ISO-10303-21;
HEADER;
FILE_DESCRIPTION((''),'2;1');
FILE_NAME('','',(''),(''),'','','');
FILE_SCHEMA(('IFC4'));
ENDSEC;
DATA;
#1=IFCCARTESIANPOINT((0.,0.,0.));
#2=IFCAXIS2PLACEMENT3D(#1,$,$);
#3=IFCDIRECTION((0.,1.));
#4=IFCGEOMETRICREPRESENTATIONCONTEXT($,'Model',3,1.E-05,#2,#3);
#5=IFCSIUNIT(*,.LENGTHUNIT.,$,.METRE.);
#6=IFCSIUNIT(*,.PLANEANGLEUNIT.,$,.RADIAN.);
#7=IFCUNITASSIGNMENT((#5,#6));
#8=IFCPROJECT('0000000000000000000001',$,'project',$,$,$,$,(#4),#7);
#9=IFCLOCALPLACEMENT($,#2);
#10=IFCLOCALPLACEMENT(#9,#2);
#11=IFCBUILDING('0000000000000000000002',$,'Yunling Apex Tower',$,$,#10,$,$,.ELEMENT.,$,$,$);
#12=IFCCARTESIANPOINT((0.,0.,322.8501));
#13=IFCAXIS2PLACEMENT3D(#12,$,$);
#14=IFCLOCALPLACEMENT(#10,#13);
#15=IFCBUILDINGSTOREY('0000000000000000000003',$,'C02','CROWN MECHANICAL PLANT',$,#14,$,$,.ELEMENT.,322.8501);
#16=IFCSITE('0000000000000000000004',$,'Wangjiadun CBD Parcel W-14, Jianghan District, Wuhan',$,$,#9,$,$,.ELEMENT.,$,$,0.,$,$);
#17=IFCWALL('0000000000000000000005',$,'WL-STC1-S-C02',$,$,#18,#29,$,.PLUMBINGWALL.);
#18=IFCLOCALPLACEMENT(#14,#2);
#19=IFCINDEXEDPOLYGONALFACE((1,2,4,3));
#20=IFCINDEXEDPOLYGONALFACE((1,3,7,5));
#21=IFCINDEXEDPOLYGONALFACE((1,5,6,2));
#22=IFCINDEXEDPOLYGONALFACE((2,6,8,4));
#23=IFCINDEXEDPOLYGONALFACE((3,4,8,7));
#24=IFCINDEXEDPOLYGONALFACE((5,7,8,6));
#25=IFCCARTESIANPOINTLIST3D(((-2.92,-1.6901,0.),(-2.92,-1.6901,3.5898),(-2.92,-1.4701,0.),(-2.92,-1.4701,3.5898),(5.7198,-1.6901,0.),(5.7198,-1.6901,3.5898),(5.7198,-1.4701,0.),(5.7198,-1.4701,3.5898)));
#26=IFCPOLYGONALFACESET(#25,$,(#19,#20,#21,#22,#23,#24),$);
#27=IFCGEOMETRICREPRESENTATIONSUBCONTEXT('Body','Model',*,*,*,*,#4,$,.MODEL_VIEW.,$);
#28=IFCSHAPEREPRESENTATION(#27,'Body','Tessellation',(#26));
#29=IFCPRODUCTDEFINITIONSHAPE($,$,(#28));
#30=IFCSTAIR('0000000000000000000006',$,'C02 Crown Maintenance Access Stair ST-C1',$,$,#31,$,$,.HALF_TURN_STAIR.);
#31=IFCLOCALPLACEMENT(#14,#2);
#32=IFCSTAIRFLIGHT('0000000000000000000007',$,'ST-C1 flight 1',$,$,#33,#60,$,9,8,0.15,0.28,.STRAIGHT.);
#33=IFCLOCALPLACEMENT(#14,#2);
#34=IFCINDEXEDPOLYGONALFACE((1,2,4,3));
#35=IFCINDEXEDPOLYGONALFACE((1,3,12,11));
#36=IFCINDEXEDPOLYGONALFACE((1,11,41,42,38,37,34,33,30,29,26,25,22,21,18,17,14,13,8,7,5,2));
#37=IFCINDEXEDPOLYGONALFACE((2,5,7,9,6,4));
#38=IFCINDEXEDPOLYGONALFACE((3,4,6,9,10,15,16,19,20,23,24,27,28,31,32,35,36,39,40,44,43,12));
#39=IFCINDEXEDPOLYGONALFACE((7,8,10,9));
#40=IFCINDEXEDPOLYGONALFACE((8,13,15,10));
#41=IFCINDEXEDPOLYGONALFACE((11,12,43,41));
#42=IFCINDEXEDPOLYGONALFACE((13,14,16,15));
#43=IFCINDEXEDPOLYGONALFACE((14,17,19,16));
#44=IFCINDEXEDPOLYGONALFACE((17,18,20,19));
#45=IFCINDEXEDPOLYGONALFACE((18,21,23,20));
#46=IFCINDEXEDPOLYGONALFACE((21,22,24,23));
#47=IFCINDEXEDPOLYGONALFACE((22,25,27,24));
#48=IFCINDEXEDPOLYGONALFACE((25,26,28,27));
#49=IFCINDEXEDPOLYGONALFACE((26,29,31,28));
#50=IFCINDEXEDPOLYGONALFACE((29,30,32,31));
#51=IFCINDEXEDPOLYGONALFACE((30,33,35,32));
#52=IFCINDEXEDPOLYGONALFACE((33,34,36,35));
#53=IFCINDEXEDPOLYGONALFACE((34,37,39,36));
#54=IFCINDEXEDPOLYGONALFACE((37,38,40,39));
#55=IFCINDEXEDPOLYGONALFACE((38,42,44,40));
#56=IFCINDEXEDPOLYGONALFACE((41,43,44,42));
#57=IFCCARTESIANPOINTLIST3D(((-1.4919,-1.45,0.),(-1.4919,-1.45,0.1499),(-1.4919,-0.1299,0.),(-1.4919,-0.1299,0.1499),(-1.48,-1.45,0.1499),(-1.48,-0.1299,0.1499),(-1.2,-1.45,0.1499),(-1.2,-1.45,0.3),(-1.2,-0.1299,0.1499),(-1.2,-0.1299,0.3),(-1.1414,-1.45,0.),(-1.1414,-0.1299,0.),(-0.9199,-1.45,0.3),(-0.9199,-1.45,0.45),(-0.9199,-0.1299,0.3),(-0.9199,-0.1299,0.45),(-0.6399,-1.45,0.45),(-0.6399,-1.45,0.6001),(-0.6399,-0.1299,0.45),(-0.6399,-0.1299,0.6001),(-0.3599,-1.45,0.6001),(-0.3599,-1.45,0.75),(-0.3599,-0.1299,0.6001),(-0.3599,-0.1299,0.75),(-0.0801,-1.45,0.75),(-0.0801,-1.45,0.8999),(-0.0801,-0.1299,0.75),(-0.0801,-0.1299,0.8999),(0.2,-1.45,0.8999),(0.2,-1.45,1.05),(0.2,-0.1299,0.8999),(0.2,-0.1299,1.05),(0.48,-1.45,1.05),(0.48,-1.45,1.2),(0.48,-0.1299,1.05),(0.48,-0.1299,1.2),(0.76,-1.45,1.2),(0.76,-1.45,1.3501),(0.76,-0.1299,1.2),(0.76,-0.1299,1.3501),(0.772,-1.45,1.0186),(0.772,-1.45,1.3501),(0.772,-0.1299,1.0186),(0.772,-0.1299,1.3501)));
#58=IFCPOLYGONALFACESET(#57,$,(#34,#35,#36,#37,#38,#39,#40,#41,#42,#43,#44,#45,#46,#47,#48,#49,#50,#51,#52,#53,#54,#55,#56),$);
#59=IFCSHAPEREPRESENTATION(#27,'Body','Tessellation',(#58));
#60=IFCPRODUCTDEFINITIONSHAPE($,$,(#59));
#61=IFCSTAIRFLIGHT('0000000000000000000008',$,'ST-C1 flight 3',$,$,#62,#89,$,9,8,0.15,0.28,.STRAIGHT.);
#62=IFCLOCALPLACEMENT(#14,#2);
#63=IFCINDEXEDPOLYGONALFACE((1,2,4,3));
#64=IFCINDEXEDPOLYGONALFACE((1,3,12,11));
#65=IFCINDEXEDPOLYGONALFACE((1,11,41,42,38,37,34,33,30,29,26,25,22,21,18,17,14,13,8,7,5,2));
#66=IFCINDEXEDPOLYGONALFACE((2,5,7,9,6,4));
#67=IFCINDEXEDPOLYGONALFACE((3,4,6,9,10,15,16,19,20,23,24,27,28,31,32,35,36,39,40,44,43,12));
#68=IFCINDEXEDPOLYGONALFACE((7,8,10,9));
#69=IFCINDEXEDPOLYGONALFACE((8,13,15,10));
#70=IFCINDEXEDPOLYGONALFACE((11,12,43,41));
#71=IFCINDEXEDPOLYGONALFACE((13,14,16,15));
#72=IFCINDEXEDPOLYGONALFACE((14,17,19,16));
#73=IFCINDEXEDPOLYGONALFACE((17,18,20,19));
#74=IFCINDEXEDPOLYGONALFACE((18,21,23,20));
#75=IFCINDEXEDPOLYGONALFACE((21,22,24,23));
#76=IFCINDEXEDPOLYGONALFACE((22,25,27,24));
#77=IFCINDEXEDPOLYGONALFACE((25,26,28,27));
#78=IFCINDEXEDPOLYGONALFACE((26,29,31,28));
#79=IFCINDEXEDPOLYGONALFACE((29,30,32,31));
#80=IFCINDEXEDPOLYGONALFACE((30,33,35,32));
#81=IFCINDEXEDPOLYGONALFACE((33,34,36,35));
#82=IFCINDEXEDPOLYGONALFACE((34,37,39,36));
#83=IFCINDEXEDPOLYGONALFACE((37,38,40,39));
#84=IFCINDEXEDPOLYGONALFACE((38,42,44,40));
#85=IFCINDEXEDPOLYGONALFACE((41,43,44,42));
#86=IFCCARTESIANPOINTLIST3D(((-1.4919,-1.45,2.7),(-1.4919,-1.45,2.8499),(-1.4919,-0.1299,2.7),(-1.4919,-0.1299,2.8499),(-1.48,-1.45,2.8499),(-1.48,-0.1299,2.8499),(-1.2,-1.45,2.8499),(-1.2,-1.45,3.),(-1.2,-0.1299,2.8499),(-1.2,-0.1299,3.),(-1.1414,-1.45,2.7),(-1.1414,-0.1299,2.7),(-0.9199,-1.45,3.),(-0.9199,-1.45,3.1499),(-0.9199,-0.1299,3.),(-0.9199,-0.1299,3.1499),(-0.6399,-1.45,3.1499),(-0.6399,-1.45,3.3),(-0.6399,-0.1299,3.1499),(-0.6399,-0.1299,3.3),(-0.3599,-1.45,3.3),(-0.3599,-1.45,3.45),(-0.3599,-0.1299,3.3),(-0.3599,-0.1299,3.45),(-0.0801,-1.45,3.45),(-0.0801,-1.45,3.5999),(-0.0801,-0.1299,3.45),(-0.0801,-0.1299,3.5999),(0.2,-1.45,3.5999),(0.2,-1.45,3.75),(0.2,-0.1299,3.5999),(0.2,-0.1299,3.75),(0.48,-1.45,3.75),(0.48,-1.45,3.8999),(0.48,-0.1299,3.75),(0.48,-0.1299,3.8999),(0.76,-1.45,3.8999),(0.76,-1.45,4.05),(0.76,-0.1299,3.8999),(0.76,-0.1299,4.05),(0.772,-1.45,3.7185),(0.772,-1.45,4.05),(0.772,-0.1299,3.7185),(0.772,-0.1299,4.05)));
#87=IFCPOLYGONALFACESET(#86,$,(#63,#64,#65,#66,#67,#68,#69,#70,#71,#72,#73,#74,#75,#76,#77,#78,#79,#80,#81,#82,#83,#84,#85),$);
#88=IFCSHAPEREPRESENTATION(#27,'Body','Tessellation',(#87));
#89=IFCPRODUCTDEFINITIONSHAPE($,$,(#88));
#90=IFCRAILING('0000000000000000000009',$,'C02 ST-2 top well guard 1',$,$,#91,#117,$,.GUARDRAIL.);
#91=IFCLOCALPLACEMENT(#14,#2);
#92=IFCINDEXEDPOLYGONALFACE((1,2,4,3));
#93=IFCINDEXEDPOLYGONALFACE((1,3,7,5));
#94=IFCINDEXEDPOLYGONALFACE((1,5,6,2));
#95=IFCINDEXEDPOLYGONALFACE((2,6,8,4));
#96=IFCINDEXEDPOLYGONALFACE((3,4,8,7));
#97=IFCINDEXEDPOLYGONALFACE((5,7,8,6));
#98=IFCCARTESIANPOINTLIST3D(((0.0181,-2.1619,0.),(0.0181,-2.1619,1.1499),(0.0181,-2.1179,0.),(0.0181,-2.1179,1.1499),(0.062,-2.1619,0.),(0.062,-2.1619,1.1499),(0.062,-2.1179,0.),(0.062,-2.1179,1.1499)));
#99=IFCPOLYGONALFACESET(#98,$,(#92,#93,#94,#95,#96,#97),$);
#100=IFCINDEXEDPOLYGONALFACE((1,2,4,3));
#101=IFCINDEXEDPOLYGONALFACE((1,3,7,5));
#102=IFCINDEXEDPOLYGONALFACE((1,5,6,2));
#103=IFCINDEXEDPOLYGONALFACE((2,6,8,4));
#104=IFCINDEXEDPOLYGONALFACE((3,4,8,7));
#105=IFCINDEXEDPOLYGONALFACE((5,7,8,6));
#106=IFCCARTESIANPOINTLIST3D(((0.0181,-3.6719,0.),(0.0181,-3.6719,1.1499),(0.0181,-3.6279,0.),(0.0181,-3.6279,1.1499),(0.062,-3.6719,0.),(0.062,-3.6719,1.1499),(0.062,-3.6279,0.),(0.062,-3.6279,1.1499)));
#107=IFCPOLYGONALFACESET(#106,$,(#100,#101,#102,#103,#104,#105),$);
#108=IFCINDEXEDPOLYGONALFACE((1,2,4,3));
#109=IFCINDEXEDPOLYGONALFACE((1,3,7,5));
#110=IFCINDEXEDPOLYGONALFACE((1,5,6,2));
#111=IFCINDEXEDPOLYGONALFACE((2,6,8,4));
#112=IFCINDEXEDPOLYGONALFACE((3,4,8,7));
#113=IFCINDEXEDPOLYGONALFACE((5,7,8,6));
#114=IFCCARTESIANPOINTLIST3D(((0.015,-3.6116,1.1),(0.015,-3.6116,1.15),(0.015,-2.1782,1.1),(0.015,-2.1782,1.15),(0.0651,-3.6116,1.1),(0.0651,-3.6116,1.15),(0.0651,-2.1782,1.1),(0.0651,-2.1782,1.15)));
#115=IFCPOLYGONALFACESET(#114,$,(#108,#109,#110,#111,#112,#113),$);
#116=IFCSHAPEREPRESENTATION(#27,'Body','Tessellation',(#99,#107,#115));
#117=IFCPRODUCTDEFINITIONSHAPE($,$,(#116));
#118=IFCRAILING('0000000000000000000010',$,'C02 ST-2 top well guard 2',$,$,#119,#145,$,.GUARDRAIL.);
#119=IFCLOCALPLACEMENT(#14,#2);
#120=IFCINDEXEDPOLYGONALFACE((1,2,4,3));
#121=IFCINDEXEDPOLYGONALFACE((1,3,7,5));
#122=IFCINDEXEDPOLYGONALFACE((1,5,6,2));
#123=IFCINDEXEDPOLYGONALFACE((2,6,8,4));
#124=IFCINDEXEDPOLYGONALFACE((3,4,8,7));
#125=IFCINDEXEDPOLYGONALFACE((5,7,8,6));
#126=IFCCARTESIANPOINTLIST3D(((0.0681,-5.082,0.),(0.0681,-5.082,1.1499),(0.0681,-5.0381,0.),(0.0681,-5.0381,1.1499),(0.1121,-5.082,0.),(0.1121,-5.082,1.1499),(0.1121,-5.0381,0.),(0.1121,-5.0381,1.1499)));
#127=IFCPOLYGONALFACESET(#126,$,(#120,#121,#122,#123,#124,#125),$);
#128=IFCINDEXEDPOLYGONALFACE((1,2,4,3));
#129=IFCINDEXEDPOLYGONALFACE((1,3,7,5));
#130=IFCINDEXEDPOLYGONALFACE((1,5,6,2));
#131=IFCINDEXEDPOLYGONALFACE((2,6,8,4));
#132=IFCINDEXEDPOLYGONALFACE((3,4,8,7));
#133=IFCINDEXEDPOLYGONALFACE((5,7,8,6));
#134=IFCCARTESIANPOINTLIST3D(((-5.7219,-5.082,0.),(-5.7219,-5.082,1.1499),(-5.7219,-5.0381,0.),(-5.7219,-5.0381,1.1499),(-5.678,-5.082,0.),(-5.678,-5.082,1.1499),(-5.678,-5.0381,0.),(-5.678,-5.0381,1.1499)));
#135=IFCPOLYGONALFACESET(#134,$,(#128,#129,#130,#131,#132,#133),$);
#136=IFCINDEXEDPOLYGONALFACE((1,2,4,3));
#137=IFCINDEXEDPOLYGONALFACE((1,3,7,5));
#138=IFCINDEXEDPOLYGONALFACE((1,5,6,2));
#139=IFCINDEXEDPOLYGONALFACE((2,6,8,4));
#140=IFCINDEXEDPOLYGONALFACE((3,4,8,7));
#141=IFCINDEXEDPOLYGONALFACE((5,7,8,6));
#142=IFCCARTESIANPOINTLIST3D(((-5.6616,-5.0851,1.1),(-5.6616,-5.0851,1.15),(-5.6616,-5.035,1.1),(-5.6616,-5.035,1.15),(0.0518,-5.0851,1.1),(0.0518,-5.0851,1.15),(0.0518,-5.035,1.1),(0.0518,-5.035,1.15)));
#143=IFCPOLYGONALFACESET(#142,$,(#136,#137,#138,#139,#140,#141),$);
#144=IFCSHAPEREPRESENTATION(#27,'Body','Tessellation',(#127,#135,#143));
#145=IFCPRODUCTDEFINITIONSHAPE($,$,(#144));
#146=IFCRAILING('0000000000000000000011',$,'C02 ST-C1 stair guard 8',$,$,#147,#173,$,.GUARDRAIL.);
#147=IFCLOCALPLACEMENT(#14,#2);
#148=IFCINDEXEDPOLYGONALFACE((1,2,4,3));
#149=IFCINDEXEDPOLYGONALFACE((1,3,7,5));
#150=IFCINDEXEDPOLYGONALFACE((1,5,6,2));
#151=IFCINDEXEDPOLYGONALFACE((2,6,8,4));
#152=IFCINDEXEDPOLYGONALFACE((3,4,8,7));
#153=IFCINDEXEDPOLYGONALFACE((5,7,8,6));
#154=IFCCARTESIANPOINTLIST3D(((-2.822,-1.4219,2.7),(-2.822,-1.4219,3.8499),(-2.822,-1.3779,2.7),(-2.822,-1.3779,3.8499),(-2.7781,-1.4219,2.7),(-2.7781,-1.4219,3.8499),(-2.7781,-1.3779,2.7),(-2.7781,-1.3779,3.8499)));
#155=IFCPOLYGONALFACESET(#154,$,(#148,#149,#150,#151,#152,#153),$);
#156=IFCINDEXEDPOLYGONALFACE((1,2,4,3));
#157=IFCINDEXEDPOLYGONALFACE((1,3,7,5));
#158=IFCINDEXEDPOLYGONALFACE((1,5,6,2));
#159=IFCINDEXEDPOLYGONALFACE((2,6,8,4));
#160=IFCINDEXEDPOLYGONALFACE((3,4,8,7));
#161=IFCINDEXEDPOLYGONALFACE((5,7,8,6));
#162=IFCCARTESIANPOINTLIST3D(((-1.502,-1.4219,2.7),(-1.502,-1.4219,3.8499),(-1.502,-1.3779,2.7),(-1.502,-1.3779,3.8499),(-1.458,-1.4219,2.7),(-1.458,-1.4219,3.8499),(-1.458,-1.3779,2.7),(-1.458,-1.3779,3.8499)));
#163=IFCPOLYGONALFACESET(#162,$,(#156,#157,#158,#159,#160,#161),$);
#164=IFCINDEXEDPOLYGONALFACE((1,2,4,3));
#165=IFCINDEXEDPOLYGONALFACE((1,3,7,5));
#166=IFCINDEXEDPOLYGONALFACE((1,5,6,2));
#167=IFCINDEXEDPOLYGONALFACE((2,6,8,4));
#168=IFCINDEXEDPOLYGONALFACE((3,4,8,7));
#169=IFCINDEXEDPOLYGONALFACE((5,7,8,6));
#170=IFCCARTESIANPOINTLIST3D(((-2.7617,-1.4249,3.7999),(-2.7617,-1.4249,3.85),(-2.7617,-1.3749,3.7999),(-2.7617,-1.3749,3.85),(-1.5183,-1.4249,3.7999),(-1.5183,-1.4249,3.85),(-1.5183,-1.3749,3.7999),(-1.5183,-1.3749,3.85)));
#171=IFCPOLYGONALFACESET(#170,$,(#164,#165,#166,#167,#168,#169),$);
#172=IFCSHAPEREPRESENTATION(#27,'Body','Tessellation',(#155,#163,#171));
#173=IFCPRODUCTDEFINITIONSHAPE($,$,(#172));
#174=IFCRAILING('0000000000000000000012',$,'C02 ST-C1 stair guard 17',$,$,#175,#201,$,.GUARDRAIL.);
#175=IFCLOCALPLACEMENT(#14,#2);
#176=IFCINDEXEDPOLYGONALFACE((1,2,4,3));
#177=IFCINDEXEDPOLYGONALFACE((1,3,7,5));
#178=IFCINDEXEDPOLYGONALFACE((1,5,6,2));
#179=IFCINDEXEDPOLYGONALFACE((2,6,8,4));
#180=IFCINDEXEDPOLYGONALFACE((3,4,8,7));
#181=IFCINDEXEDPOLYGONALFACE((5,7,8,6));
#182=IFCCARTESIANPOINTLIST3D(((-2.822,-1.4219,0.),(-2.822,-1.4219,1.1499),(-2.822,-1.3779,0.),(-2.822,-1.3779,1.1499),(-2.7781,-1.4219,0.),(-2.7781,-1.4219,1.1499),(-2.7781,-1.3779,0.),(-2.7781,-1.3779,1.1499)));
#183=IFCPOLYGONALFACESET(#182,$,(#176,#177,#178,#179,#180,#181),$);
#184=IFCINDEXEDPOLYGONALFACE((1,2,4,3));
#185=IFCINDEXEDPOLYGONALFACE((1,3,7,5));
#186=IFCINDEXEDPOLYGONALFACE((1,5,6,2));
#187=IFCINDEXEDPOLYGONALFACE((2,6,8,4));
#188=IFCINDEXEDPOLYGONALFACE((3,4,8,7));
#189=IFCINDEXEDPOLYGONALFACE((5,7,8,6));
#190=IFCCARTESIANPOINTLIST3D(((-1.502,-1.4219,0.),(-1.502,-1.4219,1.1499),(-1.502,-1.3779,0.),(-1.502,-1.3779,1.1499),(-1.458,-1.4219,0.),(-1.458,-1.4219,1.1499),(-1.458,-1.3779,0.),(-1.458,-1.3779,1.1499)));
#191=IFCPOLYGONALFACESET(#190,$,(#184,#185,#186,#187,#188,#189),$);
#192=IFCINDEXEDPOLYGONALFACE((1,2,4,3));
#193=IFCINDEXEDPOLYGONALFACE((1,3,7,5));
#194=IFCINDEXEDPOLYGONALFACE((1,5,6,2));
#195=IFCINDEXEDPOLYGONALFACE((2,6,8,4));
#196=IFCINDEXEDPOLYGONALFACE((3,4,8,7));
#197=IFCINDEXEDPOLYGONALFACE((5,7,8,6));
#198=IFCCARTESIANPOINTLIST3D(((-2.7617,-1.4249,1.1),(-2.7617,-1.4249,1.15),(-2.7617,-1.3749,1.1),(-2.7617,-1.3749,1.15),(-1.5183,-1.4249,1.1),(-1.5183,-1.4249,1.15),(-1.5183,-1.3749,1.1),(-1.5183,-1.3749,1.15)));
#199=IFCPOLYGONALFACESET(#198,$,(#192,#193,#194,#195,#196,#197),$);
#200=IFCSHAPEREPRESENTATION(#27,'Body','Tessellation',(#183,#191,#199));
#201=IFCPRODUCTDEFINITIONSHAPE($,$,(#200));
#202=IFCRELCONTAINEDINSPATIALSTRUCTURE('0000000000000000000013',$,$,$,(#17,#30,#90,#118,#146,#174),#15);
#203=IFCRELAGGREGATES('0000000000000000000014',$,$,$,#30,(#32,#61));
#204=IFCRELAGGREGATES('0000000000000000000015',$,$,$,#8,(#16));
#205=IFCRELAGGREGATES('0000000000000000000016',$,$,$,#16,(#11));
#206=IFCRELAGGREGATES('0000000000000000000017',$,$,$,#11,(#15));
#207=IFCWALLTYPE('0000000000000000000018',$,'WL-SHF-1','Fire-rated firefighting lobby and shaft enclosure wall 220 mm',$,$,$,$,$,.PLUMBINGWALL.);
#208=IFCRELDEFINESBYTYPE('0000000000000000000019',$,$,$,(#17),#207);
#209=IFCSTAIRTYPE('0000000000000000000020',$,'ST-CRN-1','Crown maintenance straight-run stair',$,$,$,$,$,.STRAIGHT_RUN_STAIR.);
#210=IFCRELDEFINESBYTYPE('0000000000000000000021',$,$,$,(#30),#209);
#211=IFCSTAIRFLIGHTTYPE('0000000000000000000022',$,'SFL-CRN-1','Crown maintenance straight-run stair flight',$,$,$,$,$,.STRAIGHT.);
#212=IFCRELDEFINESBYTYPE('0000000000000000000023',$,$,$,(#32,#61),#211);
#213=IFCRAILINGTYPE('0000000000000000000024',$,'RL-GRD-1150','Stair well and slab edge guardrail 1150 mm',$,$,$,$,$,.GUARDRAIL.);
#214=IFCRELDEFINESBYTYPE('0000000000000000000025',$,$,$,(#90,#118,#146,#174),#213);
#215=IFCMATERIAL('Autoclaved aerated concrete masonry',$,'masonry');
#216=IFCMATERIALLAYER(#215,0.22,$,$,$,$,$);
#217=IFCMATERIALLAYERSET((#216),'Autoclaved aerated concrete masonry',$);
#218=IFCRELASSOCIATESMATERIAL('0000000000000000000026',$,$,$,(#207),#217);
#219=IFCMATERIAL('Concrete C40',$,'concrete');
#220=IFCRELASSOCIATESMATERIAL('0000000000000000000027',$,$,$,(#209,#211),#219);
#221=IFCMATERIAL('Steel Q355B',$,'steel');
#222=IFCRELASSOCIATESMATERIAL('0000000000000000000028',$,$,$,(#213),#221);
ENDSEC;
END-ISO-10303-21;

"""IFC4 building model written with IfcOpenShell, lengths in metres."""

from ifc_helpers import new_model, si_unit, direction, frame, frame_2d, origin, origin_2d, place, context, subcontext, project, spatial, polyline, rectangle, outline, extrude, material, layer, layer_set, type_object, element, aggregate, save


model = new_model("IFC4")

# Units and contexts
model_context = context("Model", 3, precision=1e-05, world=origin(), true_north=direction((0.0, 1.0)))
body_context = subcontext(model_context, "Body", "Model", "MODEL_VIEW")
ifc_project = project(units=[si_unit("LENGTHUNIT", "METRE"), si_unit("PLANEANGLEUNIT", "RADIAN")], contexts=[model_context])

# Site, building, storey
site_placement = place(None, origin())
site = spatial("IfcSite", under=ifc_project, at=site_placement, Name="Wangjiadun CBD Parcel W-14, Jianghan District, Wuhan", CompositionType="ELEMENT", RefElevation=0.0)
building_placement = place(site_placement, origin())
building = spatial("IfcBuilding", under=site, at=building_placement, Name="Yunling Apex Tower", CompositionType="ELEMENT")
storey_placement = place(building_placement, frame((0.0, 0.0, 322.8501)))
storey = spatial("IfcBuildingStorey", under=building, at=storey_placement, Name="C02", Description="CROWN MECHANICAL PLANT", CompositionType="ELEMENT", Elevation=322.8501)

# Shared definitions
ifc_material_1 = material(Name="Steel Q355B", Category="steel")

# Shared definitions
ifc_material_2 = material(Name="Concrete C40", Category="concrete")

# Shared definitions
ifc_material_3 = material(Name="Autoclaved aerated concrete masonry", Category="masonry")
ifc_layer_1 = layer(ifc_material_3, 0.22)
ifc_layer_set_1 = layer_set([ifc_layer_1], Name="Autoclaved aerated concrete masonry")
wall_type_1 = type_object("IfcWallType", Name="WL-SHF-1", Description="Fire-rated firefighting lobby and shaft enclosure wall 220 mm", PredefinedType="PLUMBINGWALL", material=ifc_layer_set_1)

# Wall
wall_1_placement = place(storey_placement, frame((-2.9199, -1.5801, 0.0), z_axis=(0.0, 0.0, 1.0), x_axis=(1.0, 0.0, 0.0)))
element("IfcWall", 1, at=wall_1_placement, inside=storey, type_object=wall_type_1, Name="WL-STC1-S-C02", PredefinedType="PLUMBINGWALL", context=body_context, shape_type="SweptSolid", body=[
    extrude(rectangle(XDim=8.6399, YDim=0.22, at=frame_2d((4.3198, 0.0))), origin(), (0.0, 0.0, 1.0), 3.5898),
])

# Stair, stair flights
stair_type = type_object("IfcStairType", Name="ST-CRN-1", Description="Crown maintenance straight-run stair", PredefinedType="STRAIGHT_RUN_STAIR", material=ifc_material_2)
stair_placement = place(storey_placement, origin())
stair = element("IfcStair", 2, at=stair_placement, inside=storey, type_object=stair_type, Name="C02 Crown Maintenance Access Stair ST-C1", PredefinedType="HALF_TURN_STAIR")
stair_flight_type = type_object("IfcStairFlightType", Name="SFL-CRN-1", Description="Crown maintenance straight-run stair flight", PredefinedType="STRAIGHT", material=ifc_material_2)
stair_flight_1_placement = place(storey_placement, frame((-1.48, -0.79, 0.0), z_axis=(0.0, 0.0, 1.0), x_axis=(1.0, 0.0, 0.0)))
stair_flight_1 = element("IfcStairFlight", 3, at=stair_flight_1_placement, type_object=stair_flight_type, Name="ST-C1 flight 1", NumberOfRisers=9, NumberOfTreads=8, PredefinedType="STRAIGHT", RiserHeight=0.15, TreadLength=0.28, context=body_context, shape_type="SweptSolid", body=[
    extrude(outline(polyline([(-0.012, 0.0), (-0.012, 0.1499), (0.0, 0.1499), (0.28, 0.1499), (0.28, 0.3), (0.5601, 0.3), (0.5601, 0.45), (0.8401, 0.45), (0.8401, 0.6001), (1.1201, 0.6001), (1.1201, 0.75), (1.3999, 0.75), (1.3999, 0.8999), (1.6799, 0.8999), (1.6799, 1.05), (1.96, 1.05), (1.96, 1.2), (2.24, 1.2), (2.24, 1.3501), (2.252, 1.3501), (2.252, 1.0186), (0.3386, 0.0), (-0.012, 0.0)])), frame((0.0, 0.6602, 0.0), z_axis=(0.0, -1.0, 0.0), x_axis=(1.0, 0.0, 0.0)), (0.0, 0.0, 1.0), 1.3201),
])
stair_flight_2_placement = place(storey_placement, frame((-1.48, -0.79, 2.7), z_axis=(0.0, 0.0, 1.0), x_axis=(1.0, 0.0, 0.0)))
stair_flight_2 = element("IfcStairFlight", 4, at=stair_flight_2_placement, type_object=stair_flight_type, Name="ST-C1 flight 3", NumberOfRisers=9, NumberOfTreads=8, PredefinedType="STRAIGHT", RiserHeight=0.15, TreadLength=0.28, context=body_context, shape_type="SweptSolid", body=[
    extrude(outline(polyline([(-0.012, 0.0), (-0.012, 0.1499), (0.0, 0.1499), (0.28, 0.1499), (0.28, 0.3), (0.5601, 0.3), (0.5601, 0.45), (0.8401, 0.45), (0.8401, 0.6001), (1.1201, 0.6001), (1.1201, 0.75), (1.3999, 0.75), (1.3999, 0.8999), (1.6799, 0.8999), (1.6799, 1.05), (1.96, 1.05), (1.96, 1.2), (2.24, 1.2), (2.24, 1.3501), (2.252, 1.3501), (2.252, 1.0186), (0.3386, 0.0), (-0.012, 0.0)])), frame((0.0, 0.6602, 0.0), z_axis=(0.0, -1.0, 0.0), x_axis=(1.0, 0.0, 0.0)), (0.0, 0.0, 1.0), 1.3201),
])
aggregate(stair, [stair_flight_1, stair_flight_2])

# Railings
railing_type_1 = type_object("IfcRailingType", Name="RL-GRD-1150", Description="Stair well and slab edge guardrail 1150 mm", PredefinedType="GUARDRAIL", material=ifc_material_1)
railing_1_placement = place(storey_placement, frame((0.04, -2.1399, 0.0)))
element("IfcRailing", 5, at=railing_1_placement, inside=storey, type_object=railing_type_1, Name="C02 ST-2 top well guard 1", PredefinedType="GUARDRAIL", context=body_context, shape_type="SweptSolid", body=[
    extrude(rectangle(XDim=0.0439, YDim=0.0439, at=origin_2d()), origin(), (0.0, 0.0, 1.0), 1.1499),
    extrude(rectangle(XDim=0.0439, YDim=0.0439, at=origin_2d()), frame((0.0, -1.51, 0.0)), (0.0, 0.0, 1.0), 1.1499),
    extrude(rectangle(XDim=0.05, YDim=0.05, at=origin_2d()), frame((0.0, -0.0383, 1.125), z_axis=(0.0, -1.0, 0.0), x_axis=(1.0, 0.0, 0.0)), (0.0, 0.0, 1.0), 1.4333),
])
railing_2_placement = place(storey_placement, frame((0.0901, -5.0601, 0.0)))
element("IfcRailing", 6, at=railing_2_placement, inside=storey, type_object=railing_type_1, Name="C02 ST-2 top well guard 2", PredefinedType="GUARDRAIL", context=body_context, shape_type="SweptSolid", body=[
    extrude(rectangle(XDim=0.0439, YDim=0.0439, at=origin_2d()), origin(), (0.0, 0.0, 1.0), 1.1499),
    extrude(rectangle(XDim=0.0439, YDim=0.0439, at=origin_2d()), frame((-5.79, 0.0, 0.0)), (0.0, 0.0, 1.0), 1.1499),
    extrude(rectangle(XDim=0.05, YDim=0.05, at=origin_2d()), frame((-0.0383, 0.0, 1.125), z_axis=(-1.0, 0.0, 0.0), x_axis=(0.0, -1.0, 0.0)), (0.0, 0.0, 1.0), 5.7134),
])
for number, where, name in (
    (7, (-2.8, -1.3999, 2.7), "C02 ST-C1 stair guard 8"),
    (8, (-2.8, -1.3999, 0.0), "C02 ST-C1 stair guard 17"),
):
    element("IfcRailing", number, at=place(storey_placement, frame(where)), inside=storey, type_object=railing_type_1, Name=name, PredefinedType="GUARDRAIL", context=body_context, shape_type="SweptSolid", body=[
        extrude(rectangle(XDim=0.0439, YDim=0.0439, at=origin_2d()), origin(), (0.0, 0.0, 1.0), 1.1499),
        extrude(rectangle(XDim=0.0439, YDim=0.0439, at=origin_2d()), frame((1.3201, 0.0, 0.0)), (0.0, 0.0, 1.0), 1.1499),
        extrude(rectangle(XDim=0.05, YDim=0.05, at=origin_2d()), frame((0.0383, 0.0, 1.125), z_axis=(1.0, 0.0, 0.0), x_axis=(0.0, 1.0, 0.0)), (0.0, 0.0, 1.0), 1.2434),
    ])

save(model, "model.ifc")
